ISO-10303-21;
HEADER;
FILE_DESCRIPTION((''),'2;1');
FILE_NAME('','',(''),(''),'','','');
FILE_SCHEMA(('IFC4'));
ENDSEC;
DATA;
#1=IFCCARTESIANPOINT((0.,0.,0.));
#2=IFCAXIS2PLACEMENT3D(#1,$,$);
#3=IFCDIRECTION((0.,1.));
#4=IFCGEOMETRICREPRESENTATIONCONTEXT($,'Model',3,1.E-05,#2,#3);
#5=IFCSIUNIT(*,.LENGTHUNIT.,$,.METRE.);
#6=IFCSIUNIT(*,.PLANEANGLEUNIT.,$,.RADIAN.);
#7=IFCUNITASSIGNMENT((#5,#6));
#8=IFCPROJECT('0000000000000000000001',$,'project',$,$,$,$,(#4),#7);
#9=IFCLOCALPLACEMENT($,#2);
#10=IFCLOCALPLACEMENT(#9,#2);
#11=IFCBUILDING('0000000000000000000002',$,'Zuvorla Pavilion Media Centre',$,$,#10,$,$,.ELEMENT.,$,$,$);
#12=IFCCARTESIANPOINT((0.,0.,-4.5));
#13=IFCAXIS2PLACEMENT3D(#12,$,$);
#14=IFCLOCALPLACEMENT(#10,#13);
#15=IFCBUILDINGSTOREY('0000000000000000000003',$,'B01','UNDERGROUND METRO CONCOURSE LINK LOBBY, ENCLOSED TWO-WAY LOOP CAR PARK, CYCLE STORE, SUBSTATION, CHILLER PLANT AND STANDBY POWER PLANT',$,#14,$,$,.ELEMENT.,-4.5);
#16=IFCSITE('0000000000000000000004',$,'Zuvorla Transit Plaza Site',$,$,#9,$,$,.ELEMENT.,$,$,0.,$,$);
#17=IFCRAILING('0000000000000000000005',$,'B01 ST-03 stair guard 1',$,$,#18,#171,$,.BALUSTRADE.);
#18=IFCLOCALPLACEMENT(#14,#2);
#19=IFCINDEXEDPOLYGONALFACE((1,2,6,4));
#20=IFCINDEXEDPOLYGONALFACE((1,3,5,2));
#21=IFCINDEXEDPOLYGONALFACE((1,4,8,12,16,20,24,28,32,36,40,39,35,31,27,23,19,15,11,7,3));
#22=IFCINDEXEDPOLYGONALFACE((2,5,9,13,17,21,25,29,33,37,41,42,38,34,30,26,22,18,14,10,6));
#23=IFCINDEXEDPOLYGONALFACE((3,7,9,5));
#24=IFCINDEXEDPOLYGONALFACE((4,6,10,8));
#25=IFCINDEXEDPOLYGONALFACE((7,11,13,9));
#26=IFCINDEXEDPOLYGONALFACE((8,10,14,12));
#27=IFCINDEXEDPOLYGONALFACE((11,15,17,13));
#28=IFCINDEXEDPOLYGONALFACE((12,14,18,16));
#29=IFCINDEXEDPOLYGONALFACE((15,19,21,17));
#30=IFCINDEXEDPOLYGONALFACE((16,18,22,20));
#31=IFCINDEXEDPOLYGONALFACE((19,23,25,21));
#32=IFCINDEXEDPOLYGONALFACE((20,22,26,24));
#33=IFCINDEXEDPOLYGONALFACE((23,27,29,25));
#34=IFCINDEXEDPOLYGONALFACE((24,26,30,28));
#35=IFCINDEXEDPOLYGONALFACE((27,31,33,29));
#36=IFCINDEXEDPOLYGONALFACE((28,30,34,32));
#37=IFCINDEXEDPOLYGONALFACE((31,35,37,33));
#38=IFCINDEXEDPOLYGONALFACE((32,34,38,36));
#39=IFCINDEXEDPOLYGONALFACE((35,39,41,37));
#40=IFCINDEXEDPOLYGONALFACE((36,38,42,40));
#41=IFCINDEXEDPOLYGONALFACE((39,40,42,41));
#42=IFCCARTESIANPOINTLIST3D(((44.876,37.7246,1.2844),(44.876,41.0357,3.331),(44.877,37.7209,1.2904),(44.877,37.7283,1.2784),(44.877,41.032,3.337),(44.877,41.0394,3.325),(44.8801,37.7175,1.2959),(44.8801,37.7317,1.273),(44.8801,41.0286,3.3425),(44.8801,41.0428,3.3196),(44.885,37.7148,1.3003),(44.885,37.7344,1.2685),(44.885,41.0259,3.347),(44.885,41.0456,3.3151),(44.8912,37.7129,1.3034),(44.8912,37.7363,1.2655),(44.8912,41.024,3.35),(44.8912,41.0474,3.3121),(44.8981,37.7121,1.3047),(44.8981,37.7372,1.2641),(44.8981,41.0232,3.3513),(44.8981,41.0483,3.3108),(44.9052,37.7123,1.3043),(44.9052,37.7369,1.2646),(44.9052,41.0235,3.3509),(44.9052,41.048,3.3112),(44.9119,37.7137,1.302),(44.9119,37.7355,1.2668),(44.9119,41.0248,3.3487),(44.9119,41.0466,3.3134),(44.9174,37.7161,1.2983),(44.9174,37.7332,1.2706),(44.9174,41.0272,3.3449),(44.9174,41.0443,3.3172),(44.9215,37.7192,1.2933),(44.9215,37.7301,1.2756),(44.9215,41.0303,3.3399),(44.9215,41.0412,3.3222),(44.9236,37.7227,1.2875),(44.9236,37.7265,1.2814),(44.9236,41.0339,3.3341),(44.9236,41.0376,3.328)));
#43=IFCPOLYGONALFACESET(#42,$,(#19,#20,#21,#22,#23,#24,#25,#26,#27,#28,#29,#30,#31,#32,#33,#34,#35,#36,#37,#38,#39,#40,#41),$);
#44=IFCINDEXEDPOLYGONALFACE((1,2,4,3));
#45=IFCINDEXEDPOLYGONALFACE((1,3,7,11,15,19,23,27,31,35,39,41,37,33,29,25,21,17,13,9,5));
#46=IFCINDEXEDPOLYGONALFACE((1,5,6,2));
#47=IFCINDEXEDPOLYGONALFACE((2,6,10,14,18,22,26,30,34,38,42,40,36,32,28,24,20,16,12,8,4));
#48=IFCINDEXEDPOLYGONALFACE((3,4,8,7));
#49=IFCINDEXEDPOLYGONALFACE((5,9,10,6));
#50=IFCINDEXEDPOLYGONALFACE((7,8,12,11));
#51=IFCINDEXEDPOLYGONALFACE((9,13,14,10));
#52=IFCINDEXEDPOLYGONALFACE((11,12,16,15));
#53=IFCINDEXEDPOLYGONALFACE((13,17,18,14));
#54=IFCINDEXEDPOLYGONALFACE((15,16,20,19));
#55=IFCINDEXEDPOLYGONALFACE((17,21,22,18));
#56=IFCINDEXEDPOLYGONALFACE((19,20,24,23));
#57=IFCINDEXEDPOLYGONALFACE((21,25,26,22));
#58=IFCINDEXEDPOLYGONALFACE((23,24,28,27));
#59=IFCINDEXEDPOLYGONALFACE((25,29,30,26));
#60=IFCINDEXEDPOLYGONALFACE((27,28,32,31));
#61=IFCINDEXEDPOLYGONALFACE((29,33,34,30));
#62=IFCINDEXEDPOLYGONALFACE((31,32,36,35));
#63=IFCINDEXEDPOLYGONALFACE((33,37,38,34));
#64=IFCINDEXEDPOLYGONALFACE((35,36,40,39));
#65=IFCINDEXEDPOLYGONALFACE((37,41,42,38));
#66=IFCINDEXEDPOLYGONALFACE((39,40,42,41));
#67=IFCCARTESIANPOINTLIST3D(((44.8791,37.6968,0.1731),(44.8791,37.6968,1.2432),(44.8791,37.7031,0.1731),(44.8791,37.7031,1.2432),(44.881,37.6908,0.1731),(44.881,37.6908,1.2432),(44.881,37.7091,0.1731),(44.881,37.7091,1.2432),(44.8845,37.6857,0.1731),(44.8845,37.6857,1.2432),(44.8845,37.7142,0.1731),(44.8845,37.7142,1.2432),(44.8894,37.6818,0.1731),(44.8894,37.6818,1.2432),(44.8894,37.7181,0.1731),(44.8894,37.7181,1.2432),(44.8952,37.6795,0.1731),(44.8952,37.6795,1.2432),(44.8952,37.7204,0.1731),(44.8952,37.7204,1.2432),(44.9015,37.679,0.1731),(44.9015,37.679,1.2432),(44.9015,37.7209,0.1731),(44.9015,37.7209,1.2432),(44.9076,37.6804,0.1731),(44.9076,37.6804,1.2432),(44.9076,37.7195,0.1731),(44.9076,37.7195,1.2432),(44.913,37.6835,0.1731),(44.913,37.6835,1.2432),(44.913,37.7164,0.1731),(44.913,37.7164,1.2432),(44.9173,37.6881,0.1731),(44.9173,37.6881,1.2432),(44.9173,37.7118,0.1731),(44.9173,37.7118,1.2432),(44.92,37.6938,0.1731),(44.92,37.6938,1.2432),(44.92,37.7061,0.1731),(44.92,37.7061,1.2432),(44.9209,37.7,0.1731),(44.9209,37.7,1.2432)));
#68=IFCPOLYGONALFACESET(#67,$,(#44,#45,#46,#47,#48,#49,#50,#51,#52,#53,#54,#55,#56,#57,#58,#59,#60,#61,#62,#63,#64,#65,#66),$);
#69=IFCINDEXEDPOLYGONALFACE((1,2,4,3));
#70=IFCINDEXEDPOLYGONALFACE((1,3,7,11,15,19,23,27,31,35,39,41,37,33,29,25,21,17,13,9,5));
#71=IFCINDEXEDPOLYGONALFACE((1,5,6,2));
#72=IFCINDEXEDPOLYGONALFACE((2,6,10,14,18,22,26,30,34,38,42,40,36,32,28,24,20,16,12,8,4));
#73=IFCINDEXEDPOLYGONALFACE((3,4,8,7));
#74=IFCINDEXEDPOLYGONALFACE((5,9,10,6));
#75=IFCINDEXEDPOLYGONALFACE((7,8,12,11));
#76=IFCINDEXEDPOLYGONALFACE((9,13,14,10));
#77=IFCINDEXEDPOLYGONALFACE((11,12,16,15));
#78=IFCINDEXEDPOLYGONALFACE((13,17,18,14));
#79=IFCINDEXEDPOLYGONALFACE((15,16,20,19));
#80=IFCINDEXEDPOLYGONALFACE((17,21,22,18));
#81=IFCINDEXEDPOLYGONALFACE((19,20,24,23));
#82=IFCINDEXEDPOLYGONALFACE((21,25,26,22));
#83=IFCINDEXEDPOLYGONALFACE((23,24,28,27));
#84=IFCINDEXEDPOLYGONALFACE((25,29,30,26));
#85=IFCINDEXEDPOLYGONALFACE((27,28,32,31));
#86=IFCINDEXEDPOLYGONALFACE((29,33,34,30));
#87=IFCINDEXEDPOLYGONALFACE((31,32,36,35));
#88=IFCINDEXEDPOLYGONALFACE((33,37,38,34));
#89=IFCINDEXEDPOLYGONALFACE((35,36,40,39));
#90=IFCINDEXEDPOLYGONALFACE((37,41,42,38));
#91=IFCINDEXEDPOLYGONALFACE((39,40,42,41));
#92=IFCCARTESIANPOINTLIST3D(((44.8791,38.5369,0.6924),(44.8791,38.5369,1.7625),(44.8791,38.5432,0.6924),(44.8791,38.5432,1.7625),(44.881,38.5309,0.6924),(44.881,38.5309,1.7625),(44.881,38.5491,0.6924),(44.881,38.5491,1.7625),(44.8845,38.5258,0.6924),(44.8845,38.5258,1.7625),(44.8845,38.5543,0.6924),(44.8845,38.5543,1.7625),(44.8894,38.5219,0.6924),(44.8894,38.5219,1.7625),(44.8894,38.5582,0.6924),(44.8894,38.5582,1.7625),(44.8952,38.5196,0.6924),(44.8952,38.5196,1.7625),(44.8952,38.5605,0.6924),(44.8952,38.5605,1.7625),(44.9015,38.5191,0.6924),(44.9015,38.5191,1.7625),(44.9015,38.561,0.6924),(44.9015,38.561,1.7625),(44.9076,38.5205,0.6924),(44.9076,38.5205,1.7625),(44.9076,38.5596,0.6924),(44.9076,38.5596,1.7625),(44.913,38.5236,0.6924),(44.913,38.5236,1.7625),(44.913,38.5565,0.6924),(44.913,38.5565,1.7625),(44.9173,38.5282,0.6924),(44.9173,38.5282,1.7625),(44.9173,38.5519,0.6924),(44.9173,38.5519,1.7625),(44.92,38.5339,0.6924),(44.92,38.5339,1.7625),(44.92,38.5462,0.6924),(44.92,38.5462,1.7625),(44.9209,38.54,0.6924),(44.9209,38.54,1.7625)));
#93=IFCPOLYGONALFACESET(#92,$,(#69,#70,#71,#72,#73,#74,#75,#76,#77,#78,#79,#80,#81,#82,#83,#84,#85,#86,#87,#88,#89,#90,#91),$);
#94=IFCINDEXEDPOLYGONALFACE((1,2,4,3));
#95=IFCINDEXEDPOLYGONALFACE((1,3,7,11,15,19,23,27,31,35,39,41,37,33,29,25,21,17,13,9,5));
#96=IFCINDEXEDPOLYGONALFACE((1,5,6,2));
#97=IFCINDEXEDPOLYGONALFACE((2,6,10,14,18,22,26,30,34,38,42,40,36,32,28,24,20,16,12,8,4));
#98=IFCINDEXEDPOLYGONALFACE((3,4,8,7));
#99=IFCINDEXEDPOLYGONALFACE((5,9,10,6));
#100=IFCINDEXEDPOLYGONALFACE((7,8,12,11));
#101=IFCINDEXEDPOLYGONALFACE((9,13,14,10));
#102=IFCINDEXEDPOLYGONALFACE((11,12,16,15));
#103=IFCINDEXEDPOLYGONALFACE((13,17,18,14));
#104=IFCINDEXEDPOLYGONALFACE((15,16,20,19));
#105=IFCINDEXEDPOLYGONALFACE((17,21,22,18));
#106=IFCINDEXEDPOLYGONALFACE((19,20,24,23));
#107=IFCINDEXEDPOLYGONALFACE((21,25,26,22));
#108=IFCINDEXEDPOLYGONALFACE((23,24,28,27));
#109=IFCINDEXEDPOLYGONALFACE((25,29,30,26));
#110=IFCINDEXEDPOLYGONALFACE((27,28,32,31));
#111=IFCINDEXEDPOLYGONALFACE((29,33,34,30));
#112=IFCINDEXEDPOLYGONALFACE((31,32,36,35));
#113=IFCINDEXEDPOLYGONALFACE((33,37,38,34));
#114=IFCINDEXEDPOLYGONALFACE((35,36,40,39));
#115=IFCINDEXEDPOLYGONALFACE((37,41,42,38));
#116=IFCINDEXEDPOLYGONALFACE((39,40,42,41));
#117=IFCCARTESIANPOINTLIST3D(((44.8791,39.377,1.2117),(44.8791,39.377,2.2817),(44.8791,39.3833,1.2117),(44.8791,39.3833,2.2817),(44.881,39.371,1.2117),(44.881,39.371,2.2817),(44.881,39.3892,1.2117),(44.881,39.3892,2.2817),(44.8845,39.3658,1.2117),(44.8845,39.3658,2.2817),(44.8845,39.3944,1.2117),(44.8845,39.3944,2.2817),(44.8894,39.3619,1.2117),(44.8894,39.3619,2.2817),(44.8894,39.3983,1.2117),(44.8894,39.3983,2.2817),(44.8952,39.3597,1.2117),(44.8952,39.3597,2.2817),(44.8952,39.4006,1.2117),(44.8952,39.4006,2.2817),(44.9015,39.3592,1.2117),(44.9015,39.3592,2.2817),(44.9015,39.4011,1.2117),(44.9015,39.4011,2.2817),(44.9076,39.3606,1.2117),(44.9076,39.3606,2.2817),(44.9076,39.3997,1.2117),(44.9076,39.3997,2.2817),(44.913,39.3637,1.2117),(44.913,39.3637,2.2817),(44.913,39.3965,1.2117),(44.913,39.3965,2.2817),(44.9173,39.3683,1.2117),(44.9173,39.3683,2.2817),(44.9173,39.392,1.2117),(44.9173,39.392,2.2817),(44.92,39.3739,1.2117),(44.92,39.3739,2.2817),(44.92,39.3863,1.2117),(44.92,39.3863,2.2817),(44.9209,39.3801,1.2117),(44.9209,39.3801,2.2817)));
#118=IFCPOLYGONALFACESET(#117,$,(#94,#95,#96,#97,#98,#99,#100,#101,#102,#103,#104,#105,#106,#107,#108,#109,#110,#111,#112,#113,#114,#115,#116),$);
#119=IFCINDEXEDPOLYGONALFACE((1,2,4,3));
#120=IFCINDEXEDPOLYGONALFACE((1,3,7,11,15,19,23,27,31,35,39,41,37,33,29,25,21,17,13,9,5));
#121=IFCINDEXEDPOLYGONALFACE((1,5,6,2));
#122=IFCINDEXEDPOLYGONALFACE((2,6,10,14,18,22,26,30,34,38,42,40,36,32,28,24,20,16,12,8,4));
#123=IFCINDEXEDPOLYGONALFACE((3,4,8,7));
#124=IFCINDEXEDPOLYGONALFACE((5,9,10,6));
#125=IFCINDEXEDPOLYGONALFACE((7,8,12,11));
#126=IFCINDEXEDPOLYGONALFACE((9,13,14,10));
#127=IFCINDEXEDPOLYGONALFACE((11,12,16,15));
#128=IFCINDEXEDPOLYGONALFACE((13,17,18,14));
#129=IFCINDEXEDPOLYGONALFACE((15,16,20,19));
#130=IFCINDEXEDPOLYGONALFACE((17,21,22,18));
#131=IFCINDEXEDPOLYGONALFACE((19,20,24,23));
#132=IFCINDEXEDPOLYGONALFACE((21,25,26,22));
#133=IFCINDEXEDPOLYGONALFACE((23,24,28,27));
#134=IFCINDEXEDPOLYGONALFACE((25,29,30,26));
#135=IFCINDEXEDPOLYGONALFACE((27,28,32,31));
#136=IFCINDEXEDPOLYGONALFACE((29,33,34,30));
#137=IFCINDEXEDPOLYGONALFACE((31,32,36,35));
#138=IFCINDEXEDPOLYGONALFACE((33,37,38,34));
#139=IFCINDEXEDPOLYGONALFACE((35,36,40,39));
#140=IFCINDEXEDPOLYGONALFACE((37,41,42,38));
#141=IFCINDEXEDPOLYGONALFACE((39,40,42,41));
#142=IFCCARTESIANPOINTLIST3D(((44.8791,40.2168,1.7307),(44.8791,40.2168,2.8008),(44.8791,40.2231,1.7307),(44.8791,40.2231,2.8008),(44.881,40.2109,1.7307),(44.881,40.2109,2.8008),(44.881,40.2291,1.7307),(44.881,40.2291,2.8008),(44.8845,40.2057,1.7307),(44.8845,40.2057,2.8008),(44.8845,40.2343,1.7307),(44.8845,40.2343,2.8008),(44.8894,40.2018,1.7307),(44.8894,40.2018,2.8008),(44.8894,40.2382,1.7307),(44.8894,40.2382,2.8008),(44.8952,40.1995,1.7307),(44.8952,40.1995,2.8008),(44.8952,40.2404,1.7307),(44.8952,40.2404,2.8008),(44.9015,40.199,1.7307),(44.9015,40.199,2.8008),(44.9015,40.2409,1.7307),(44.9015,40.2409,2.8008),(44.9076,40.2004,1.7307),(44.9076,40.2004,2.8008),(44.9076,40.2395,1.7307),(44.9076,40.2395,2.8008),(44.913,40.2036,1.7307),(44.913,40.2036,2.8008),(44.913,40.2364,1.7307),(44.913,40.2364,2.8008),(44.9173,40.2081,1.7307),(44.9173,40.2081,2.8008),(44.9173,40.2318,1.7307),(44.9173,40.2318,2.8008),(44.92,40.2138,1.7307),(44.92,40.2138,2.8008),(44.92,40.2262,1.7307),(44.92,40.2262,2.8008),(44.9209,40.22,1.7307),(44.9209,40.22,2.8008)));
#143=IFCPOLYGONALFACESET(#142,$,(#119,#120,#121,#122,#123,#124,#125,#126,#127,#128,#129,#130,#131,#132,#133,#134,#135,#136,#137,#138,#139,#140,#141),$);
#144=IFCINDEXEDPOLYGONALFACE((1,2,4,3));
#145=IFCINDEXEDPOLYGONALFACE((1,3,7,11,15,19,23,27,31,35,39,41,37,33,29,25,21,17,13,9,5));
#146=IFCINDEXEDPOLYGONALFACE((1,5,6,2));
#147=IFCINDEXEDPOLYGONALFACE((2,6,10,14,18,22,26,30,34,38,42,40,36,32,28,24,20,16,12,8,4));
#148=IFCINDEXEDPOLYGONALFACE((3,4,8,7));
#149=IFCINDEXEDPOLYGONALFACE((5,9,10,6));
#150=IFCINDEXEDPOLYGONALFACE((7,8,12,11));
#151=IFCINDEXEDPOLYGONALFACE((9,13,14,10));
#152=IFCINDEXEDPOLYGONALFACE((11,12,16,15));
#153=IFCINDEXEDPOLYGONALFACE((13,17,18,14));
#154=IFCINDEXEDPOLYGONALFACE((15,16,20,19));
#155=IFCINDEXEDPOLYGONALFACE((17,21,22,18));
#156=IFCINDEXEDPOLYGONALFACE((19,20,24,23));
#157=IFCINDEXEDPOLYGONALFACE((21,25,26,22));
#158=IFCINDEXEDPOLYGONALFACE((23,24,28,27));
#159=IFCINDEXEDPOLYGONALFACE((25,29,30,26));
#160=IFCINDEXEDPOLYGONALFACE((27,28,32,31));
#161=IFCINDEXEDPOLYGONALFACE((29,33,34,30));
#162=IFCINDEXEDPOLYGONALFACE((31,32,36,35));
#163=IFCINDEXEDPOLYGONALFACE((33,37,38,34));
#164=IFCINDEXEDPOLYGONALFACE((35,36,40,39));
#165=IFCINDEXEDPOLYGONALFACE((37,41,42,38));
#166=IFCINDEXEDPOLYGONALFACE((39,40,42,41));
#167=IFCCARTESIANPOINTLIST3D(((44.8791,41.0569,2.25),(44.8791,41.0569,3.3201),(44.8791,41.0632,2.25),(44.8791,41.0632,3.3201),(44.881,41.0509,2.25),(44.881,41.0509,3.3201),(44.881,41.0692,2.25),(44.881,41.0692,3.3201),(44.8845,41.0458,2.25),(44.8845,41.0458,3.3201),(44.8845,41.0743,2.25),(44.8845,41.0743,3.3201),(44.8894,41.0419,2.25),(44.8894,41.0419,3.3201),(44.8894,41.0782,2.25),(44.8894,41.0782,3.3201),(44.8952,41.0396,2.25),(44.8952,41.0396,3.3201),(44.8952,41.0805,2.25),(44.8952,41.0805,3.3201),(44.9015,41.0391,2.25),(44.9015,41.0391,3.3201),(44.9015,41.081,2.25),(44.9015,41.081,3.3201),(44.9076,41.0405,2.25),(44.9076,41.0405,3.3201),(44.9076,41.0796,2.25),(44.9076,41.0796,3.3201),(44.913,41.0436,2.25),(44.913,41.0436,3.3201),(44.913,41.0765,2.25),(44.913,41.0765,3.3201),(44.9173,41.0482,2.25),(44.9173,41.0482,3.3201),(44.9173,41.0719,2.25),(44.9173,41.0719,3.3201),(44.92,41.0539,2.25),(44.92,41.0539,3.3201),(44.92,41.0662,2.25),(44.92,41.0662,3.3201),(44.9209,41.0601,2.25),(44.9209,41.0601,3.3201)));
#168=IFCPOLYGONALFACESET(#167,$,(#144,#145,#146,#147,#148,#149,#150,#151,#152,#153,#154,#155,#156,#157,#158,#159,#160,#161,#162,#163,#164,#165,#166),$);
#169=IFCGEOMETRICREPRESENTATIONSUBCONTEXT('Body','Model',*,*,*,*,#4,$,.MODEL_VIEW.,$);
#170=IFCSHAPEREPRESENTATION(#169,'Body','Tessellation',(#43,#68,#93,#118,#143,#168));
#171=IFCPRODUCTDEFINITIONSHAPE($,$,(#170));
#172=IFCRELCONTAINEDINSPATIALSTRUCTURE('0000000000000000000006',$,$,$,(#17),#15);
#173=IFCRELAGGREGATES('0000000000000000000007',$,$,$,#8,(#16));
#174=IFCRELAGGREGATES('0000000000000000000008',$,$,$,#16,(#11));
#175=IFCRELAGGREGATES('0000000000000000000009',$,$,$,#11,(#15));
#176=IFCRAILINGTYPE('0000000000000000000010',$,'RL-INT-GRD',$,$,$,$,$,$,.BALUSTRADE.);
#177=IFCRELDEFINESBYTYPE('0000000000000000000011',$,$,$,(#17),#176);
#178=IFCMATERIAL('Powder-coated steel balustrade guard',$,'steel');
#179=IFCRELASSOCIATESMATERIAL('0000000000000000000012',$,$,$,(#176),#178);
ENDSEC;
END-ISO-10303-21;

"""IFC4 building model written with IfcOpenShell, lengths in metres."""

from ifc_helpers import new_model, si_unit, direction, frame, origin, origin_2d, place, context, subcontext, project, spatial, circle, extrude, material, type_object, element, save


model = new_model("IFC4")

# Units and contexts
model_context = context("Model", 3, precision=1e-05, world=origin(), true_north=direction((0.0, 1.0)))
body_context = subcontext(model_context, "Body", "Model", "MODEL_VIEW")
ifc_project = project(units=[si_unit("LENGTHUNIT", "METRE"), si_unit("PLANEANGLEUNIT", "RADIAN")], contexts=[model_context])

# Site, building, storey
site_placement = place(None, origin())
site = spatial("IfcSite", under=ifc_project, at=site_placement, Name="Zuvorla Transit Plaza Site", CompositionType="ELEMENT", RefElevation=0.0)
building_placement = place(site_placement, origin())
building = spatial("IfcBuilding", under=site, at=building_placement, Name="Zuvorla Pavilion Media Centre", CompositionType="ELEMENT")
storey_placement = place(building_placement, frame((0.0, 0.0, -4.5)))
storey = spatial("IfcBuildingStorey", under=building, at=storey_placement, Name="B01", Description="UNDERGROUND METRO CONCOURSE LINK LOBBY, ENCLOSED TWO-WAY LOOP CAR PARK, CYCLE STORE, SUBSTATION, CHILLER PLANT AND STANDBY POWER PLANT", CompositionType="ELEMENT", Elevation=-4.5)

# Railing
ifc_material_1 = material(Name="Powder-coated steel balustrade guard", Category="steel")
railing_type_1 = type_object("IfcRailingType", Name="RL-INT-GRD", PredefinedType="BALUSTRADE", material=ifc_material_1)
railing_1_placement = place(storey_placement, frame((44.8999, 37.7, 0.1731)))
element("IfcRailing", 1, at=railing_1_placement, inside=storey, type_object=railing_type_1, Name="B01 ST-03 stair guard 1", PredefinedType="BALUSTRADE", context=body_context, shape_type="SweptSolid", body=[
    extrude(circle(Radius=0.0239, at=origin_2d()), frame((0.0, 0.0247, 1.1113), z_axis=(0.0, 0.850623, 0.525776), x_axis=(-1.0, 0.0, 0.0)), (0.0, 0.0, 1.0), 3.8926),
    extrude(circle(Radius=0.021, at=origin_2d()), origin(), (0.0, 0.0, 1.0), 1.0701),
    extrude(circle(Radius=0.021, at=origin_2d()), frame((0.0, 0.8401, 0.5193)), (0.0, 0.0, 1.0), 1.0701),
    extrude(circle(Radius=0.021, at=origin_2d()), frame((0.0, 1.6802, 1.0386)), (0.0, 0.0, 1.0), 1.0701),
    extrude(circle(Radius=0.021, at=origin_2d()), frame((0.0, 2.52, 1.5576)), (0.0, 0.0, 1.0), 1.0701),
    extrude(circle(Radius=0.021, at=origin_2d()), frame((0.0, 3.3601, 2.0769)), (0.0, 0.0, 1.0), 1.0701),
])

save(model, "model.ifc")
